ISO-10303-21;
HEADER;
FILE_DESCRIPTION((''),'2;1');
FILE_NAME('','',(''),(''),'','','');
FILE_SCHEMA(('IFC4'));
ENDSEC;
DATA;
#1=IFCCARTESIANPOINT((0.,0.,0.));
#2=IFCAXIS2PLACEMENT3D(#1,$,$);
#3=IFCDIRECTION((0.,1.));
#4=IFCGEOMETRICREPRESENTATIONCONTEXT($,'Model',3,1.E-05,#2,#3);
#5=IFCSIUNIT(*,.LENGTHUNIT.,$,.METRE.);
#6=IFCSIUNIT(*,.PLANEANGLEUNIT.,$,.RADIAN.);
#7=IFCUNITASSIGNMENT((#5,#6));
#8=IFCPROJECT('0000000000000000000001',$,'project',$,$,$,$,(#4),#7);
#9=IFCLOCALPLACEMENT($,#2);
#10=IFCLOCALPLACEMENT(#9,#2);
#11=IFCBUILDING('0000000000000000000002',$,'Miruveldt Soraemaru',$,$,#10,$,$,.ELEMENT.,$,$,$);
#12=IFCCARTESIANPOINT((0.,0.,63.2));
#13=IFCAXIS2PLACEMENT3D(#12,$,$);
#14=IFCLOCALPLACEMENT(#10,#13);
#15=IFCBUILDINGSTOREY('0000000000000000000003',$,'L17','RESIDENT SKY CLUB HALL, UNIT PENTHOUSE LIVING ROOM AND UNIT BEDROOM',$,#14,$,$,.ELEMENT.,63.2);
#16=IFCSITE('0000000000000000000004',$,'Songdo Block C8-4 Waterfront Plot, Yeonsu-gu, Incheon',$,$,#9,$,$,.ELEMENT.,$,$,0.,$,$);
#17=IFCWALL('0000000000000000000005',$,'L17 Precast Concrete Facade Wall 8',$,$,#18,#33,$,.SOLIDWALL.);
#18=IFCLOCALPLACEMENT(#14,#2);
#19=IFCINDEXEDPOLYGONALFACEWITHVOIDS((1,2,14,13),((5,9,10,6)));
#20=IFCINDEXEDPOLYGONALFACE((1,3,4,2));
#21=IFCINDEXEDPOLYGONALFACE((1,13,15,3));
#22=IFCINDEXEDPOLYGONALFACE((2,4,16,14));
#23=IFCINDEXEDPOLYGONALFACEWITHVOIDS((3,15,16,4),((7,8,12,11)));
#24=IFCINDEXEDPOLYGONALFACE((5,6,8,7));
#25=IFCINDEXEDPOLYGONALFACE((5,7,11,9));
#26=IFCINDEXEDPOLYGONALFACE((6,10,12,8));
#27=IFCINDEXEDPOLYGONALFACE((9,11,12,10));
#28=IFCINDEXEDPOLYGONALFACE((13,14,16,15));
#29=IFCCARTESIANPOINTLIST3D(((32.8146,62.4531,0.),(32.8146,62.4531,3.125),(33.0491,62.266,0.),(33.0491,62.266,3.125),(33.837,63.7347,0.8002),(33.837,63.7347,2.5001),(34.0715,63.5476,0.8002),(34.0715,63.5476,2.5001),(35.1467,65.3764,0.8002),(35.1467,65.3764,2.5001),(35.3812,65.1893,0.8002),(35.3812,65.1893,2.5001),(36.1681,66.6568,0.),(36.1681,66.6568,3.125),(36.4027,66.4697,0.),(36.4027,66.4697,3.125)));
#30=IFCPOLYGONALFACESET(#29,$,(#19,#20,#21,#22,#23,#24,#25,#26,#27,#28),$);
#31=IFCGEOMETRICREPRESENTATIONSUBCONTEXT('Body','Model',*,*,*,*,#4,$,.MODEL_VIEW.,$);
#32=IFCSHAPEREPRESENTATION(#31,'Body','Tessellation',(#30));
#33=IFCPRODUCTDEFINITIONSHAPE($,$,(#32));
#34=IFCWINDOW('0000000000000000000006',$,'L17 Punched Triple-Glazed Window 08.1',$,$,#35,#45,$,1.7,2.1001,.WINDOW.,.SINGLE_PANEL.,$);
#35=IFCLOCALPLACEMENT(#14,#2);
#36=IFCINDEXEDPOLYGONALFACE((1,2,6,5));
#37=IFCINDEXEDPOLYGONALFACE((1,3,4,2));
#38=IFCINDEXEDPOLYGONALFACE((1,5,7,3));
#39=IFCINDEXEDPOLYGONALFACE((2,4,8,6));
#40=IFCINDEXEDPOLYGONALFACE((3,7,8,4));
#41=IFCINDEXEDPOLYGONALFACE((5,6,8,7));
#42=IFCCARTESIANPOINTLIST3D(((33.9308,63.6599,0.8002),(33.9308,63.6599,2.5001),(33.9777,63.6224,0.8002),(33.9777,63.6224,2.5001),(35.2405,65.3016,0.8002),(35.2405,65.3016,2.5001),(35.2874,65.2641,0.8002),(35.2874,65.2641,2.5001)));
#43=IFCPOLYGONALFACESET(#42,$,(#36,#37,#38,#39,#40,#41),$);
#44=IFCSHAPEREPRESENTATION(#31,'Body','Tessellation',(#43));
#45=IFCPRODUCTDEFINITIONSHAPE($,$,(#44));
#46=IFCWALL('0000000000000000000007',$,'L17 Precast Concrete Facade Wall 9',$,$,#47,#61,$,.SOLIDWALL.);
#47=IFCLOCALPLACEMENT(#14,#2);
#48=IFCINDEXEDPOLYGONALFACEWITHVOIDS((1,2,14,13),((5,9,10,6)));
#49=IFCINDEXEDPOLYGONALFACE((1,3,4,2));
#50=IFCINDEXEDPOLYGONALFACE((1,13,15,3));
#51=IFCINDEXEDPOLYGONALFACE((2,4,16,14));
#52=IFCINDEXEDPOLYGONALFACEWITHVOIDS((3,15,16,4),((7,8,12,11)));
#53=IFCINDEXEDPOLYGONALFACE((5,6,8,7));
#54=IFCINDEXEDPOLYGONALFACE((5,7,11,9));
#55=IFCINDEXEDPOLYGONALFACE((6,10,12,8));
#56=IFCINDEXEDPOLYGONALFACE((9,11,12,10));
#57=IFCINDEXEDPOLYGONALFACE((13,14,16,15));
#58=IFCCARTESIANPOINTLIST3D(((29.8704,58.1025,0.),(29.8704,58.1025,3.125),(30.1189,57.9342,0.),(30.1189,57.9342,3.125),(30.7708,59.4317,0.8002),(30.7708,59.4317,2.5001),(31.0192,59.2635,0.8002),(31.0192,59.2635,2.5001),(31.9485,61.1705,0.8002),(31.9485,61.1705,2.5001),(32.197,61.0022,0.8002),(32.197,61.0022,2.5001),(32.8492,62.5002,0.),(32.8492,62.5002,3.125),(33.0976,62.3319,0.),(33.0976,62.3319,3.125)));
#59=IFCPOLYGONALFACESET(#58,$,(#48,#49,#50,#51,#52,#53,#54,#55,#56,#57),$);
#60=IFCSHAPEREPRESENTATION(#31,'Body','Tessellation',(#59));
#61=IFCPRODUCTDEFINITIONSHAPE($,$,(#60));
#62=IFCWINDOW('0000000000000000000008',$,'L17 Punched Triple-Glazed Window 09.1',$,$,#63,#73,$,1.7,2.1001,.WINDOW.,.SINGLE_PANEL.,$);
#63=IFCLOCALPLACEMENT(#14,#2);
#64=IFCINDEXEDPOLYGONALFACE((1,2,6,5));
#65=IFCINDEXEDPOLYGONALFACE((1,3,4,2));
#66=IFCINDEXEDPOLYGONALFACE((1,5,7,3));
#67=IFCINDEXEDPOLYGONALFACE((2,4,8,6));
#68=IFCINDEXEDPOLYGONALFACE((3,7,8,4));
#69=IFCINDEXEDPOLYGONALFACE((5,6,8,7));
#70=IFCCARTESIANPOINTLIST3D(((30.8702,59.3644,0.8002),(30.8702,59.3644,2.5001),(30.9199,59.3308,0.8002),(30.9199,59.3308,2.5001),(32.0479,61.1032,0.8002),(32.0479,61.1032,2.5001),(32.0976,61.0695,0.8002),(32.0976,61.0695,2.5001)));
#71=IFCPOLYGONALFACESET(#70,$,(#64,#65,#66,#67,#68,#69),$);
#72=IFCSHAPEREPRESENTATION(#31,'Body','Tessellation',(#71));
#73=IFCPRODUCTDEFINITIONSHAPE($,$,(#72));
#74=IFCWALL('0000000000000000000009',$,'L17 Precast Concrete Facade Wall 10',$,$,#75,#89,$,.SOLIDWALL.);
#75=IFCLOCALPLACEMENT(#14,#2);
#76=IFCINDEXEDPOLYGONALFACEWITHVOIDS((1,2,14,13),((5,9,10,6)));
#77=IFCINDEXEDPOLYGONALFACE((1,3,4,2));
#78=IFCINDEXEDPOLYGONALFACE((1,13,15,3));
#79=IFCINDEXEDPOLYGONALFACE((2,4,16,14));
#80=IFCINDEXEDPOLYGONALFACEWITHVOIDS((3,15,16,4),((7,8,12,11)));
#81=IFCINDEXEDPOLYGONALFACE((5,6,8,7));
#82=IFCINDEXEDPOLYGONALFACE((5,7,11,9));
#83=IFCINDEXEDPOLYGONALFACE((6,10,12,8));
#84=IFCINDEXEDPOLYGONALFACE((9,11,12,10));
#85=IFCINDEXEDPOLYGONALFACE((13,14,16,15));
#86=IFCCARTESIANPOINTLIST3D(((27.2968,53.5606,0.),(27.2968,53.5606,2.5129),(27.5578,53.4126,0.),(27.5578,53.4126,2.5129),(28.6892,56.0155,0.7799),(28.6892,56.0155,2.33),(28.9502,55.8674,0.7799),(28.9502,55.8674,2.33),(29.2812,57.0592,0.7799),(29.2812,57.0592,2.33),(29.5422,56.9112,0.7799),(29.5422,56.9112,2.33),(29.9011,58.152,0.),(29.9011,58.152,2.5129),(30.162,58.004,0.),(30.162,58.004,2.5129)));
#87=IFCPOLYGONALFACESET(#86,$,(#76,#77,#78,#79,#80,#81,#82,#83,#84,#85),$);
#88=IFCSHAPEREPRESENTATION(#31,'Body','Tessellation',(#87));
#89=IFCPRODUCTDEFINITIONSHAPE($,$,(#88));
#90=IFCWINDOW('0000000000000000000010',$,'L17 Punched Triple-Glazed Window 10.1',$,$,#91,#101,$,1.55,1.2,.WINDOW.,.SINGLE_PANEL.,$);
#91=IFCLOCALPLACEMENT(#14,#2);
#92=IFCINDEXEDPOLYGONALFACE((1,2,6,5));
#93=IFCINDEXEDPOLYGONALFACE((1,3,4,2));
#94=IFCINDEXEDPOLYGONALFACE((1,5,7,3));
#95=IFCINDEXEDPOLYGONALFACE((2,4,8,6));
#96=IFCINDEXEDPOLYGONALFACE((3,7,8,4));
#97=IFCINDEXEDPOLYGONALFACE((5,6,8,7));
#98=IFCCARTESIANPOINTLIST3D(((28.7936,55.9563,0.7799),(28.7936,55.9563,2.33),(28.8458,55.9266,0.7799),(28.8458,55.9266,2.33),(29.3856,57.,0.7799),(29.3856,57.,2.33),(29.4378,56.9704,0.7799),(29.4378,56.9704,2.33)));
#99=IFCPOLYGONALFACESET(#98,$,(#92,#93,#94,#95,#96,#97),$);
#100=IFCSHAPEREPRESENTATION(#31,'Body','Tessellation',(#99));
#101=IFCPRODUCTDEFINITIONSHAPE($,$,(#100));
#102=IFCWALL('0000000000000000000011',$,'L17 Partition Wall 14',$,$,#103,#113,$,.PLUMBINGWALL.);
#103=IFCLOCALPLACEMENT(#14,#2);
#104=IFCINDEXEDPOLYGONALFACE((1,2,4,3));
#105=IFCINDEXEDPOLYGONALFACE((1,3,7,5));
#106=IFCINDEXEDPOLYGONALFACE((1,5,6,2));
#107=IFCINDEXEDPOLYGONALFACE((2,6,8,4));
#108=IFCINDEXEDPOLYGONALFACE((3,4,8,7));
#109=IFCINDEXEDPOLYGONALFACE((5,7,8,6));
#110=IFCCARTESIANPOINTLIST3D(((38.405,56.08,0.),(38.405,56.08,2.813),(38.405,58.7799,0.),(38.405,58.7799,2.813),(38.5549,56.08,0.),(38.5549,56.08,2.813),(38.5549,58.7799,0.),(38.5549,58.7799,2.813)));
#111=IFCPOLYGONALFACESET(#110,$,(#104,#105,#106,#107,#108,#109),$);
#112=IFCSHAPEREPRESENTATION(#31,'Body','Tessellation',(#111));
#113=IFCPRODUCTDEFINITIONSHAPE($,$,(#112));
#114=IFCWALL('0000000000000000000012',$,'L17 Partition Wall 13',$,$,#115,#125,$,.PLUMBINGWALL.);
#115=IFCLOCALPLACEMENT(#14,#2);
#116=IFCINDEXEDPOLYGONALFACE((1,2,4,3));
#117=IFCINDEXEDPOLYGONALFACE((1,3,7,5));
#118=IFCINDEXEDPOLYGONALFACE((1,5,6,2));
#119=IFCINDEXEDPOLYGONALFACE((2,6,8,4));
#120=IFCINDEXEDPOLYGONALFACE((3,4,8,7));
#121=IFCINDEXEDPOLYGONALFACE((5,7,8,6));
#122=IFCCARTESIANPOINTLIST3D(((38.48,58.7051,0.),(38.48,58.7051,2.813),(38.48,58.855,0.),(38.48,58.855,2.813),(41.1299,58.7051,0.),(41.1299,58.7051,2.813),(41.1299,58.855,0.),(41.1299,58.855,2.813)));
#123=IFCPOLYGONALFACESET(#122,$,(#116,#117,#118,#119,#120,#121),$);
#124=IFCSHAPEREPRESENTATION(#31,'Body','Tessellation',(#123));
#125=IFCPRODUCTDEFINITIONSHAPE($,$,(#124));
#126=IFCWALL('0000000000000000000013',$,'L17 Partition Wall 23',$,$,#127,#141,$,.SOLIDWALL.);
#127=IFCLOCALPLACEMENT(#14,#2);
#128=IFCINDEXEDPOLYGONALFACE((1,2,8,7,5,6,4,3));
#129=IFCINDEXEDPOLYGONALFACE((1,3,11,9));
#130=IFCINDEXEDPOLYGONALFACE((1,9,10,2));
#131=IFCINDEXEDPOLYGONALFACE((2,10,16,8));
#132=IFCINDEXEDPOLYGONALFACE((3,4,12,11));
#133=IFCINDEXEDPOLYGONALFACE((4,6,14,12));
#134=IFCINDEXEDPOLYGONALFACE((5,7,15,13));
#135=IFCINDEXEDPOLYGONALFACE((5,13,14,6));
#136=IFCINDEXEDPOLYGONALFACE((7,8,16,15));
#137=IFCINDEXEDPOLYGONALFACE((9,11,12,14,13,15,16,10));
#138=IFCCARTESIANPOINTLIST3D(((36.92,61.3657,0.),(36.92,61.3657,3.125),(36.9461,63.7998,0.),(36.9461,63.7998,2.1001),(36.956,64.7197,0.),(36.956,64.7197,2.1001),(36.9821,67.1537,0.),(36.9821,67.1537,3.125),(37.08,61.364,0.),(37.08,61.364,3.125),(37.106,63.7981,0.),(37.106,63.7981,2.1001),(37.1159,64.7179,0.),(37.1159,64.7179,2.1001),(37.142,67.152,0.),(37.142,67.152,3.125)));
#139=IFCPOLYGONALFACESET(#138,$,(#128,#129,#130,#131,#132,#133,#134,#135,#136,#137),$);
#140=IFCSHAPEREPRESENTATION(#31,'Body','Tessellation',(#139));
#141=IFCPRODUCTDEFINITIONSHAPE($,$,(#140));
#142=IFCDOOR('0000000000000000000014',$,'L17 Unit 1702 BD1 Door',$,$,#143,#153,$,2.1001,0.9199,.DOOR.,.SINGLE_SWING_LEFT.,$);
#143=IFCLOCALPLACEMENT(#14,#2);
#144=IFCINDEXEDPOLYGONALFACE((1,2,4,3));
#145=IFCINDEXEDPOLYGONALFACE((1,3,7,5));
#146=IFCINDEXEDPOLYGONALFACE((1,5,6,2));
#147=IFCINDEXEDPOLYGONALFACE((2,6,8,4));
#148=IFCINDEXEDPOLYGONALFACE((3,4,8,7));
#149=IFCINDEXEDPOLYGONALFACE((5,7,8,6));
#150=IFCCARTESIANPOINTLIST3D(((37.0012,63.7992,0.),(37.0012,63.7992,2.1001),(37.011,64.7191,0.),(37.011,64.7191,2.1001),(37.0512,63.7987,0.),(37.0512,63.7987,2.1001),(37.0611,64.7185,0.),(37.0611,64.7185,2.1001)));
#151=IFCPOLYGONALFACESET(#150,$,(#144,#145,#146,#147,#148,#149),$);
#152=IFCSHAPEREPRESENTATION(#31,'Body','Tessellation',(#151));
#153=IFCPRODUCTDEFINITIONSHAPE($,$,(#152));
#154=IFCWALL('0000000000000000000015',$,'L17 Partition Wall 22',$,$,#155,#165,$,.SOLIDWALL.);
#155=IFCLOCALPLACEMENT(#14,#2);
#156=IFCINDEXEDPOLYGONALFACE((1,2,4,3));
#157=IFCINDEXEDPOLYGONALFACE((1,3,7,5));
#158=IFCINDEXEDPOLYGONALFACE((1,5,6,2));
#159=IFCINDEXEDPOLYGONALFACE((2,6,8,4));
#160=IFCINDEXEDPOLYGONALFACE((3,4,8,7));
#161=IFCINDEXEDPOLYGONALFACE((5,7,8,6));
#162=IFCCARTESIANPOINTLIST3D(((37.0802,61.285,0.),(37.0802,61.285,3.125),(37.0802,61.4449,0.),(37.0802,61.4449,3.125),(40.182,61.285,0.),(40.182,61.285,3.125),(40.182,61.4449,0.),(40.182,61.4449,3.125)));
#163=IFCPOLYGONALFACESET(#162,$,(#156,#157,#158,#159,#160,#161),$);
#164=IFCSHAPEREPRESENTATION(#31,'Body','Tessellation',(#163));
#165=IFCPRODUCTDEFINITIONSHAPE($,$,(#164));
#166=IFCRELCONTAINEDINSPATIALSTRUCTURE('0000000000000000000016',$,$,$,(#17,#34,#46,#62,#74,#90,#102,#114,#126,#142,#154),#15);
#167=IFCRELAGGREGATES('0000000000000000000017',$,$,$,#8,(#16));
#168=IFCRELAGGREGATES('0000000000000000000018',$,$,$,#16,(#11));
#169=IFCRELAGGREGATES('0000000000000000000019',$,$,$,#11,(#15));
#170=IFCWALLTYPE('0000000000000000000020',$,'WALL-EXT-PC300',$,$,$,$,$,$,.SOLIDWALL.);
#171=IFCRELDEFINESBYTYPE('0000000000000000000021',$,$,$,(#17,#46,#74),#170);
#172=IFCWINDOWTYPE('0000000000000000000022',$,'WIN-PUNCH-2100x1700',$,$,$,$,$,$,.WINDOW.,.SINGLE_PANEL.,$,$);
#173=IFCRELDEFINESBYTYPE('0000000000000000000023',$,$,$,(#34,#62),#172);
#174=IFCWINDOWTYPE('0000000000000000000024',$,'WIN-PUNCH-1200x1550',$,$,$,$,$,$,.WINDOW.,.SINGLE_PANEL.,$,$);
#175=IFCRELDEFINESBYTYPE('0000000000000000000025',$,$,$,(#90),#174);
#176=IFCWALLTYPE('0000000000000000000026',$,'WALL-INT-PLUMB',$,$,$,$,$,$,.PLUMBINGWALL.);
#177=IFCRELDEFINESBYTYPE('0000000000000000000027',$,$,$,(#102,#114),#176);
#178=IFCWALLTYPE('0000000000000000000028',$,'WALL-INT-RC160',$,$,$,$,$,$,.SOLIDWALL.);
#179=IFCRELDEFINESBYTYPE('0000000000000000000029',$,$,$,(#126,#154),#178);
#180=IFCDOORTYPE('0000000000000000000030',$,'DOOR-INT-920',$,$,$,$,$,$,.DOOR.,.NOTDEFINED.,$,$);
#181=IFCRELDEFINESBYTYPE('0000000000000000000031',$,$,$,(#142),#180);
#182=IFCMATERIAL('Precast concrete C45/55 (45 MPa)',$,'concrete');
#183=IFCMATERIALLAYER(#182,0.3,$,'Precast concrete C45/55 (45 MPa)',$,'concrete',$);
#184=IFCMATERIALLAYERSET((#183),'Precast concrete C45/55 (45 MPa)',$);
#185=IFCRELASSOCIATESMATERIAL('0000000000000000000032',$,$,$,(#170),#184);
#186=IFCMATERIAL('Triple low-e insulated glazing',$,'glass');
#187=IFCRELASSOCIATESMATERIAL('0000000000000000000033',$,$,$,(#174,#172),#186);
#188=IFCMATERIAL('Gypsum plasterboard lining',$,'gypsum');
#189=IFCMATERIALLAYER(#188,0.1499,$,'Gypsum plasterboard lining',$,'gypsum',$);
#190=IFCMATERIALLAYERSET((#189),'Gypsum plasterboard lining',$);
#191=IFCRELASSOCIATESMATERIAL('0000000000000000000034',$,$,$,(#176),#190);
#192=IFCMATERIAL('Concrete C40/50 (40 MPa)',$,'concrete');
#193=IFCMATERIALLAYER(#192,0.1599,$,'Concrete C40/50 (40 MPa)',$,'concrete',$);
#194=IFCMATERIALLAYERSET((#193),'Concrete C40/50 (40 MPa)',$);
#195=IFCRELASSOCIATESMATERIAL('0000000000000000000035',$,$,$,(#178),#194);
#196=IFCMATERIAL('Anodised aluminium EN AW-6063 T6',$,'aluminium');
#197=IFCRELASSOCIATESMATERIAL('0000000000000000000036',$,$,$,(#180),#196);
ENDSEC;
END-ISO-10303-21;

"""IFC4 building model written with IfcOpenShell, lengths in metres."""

from ifc_helpers import new_model, si_unit, direction, frame, frame_2d, origin, place, context, subcontext, project, spatial, rectangle, extrude, material, layer, layer_set, type_object, element, fill, save


model = new_model("IFC4")

# Units and contexts
model_context = context("Model", 3, precision=1e-05, world=origin(), true_north=direction((0.0, 1.0)))
body_context = subcontext(model_context, "Body", "Model", "MODEL_VIEW")
ifc_project = project(units=[si_unit("LENGTHUNIT", "METRE"), si_unit("PLANEANGLEUNIT", "RADIAN")], contexts=[model_context])

# Site, building, storey
site_placement = place(None, origin())
site = spatial("IfcSite", under=ifc_project, at=site_placement, Name="Songdo Block C8-4 Waterfront Plot, Yeonsu-gu, Incheon", CompositionType="ELEMENT", RefElevation=0.0)
building_placement = place(site_placement, origin())
building = spatial("IfcBuilding", under=site, at=building_placement, Name="Miruveldt Soraemaru", CompositionType="ELEMENT")
storey_placement = place(building_placement, frame((0.0, 0.0, 63.2)))
storey = spatial("IfcBuildingStorey", under=building, at=storey_placement, Name="L17", Description="RESIDENT SKY CLUB HALL, UNIT PENTHOUSE LIVING ROOM AND UNIT BEDROOM", CompositionType="ELEMENT", Elevation=63.2)

# Shared definitions
ifc_material_1 = material(Name="Anodised aluminium EN AW-6063 T6", Category="aluminium")

# Walls, openings, windows
ifc_material_2 = material(Name="Precast concrete C45/55 (45 MPa)", Category="concrete")
ifc_layer_1 = layer(ifc_material_2, 0.3, Name="Precast concrete C45/55 (45 MPa)", Category="concrete")
ifc_layer_set_1 = layer_set([ifc_layer_1], Name="Precast concrete C45/55 (45 MPa)")
wall_type_1 = type_object("IfcWallType", Name="WALL-EXT-PC300", PredefinedType="SOLIDWALL", material=ifc_layer_set_1)
ifc_material_3 = material(Name="Triple low-e insulated glazing", Category="glass")
window_type_1 = type_object("IfcWindowType", Name="WIN-PUNCH-1200x1550", PartitioningType="SINGLE_PANEL", PredefinedType="WINDOW", material=ifc_material_3)
window_type_2 = type_object("IfcWindowType", Name="WIN-PUNCH-2100x1700", PartitioningType="SINGLE_PANEL", PredefinedType="WINDOW", material=ifc_material_3)
wall_1_placement = place(storey_placement, frame((36.2854, 66.5632, 0.0), z_axis=(0.0, 0.0, 1.0), x_axis=(-0.623631, -0.781719, 0.0)))
wall_1 = element("IfcWall", 1, at=wall_1_placement, inside=storey, type_object=wall_type_1, Name="L17 Precast Concrete Facade Wall 8", PredefinedType="SOLIDWALL", context=body_context, shape_type="SweptSolid", body=[
    extrude(rectangle(XDim=5.3774, YDim=0.3, at=frame_2d((2.6887, 0.0))), origin(), (0.0, 0.0, 1.0), 3.125),
])
opening_1_placement = place(wall_1_placement, frame((1.6379, 0.0, 0.8)))
opening_1 = element("IfcOpeningElement", 2, at=opening_1_placement, cuts=wall_1, PredefinedType="OPENING", context=body_context, shape_type="SweptSolid", body=[
    extrude(rectangle(XDim=2.1001, YDim=1.7, at=frame_2d((1.05, 0.8501))), frame((0.0, 0.1602, 0.0), z_axis=(0.0, -1.0, 0.0), x_axis=(1.0, 0.0, 0.0)), (0.0, 0.0, 1.0), 0.3201),
])
window_1_placement = place(opening_1_placement, origin())
window_1 = element("IfcWindow", 3, at=window_1_placement, inside=storey, type_object=window_type_2, Name="L17 Punched Triple-Glazed Window 08.1", OverallHeight=1.7, OverallWidth=2.1001, PartitioningType="SINGLE_PANEL", PredefinedType="WINDOW", context=body_context, shape_type="SweptSolid", body=[
    extrude(rectangle(XDim=2.1001, YDim=1.7, at=frame_2d((1.05, 0.8501))), frame((0.0, 0.03, 0.0), z_axis=(0.0, -1.0, 0.0), x_axis=(1.0, 0.0, 0.0)), (0.0, 0.0, 1.0), 0.0601),
])
fill(opening_1, window_1)
wall_2_placement = place(storey_placement, frame((32.9734, 62.416, 0.0), z_axis=(0.0, 0.0, 1.0), x_axis=(-0.560805, -0.827948, 0.0)))
wall_2 = element("IfcWall", 4, at=wall_2_placement, inside=storey, type_object=wall_type_1, Name="L17 Precast Concrete Facade Wall 9", PredefinedType="SOLIDWALL", context=body_context, shape_type="SweptSolid", body=[
    extrude(rectangle(XDim=5.3115, YDim=0.3, at=frame_2d((2.6558, 0.0))), origin(), (0.0, 0.0, 1.0), 3.125),
])
opening_2_placement = place(wall_2_placement, frame((1.606, 0.0, 0.8)))
opening_2 = element("IfcOpeningElement", 5, at=opening_2_placement, cuts=wall_2, PredefinedType="OPENING", context=body_context, shape_type="SweptSolid", body=[
    extrude(rectangle(XDim=2.1001, YDim=1.7, at=frame_2d((1.05, 0.8501))), frame((0.0, 0.1602, 0.0), z_axis=(0.0, -1.0, 0.0), x_axis=(1.0, 0.0, 0.0)), (0.0, 0.0, 1.0), 0.3201),
])
window_2_placement = place(opening_2_placement, origin())
window_2 = element("IfcWindow", 6, at=window_2_placement, inside=storey, type_object=window_type_2, Name="L17 Punched Triple-Glazed Window 09.1", OverallHeight=1.7, OverallWidth=2.1001, PartitioningType="SINGLE_PANEL", PredefinedType="WINDOW", context=body_context, shape_type="SweptSolid", body=[
    extrude(rectangle(XDim=2.1001, YDim=1.7, at=frame_2d((1.05, 0.8501))), frame((0.0, 0.03, 0.0), z_axis=(0.0, -1.0, 0.0), x_axis=(1.0, 0.0, 0.0)), (0.0, 0.0, 1.0), 0.0601),
])
fill(opening_2, window_2)
wall_3_placement = place(storey_placement, frame((30.0315, 58.0779, 0.0), z_axis=(0.0, 0.0, 1.0), x_axis=(-0.493372, -0.869818, 0.0)))
wall_3 = element("IfcWall", 7, at=wall_3_placement, inside=storey, type_object=wall_type_1, Name="L17 Precast Concrete Facade Wall 10", PredefinedType="SOLIDWALL", context=body_context, shape_type="SweptSolid", body=[
    extrude(rectangle(XDim=5.2786, YDim=0.3, at=frame_2d((2.6392, 0.0))), origin(), (0.0, 0.0, 1.0), 2.5129),
])
opening_3_placement = place(wall_3_placement, frame((1.2561, 0.0, 0.78)))
opening_3 = element("IfcOpeningElement", 8, at=opening_3_placement, cuts=wall_3, PredefinedType="OPENING", context=body_context, shape_type="SweptSolid", body=[
    extrude(rectangle(XDim=1.2, YDim=1.55, at=frame_2d((0.6001, 0.7749))), frame((0.0, 0.1602, 0.0), z_axis=(0.0, -1.0, 0.0), x_axis=(1.0, 0.0, 0.0)), (0.0, 0.0, 1.0), 0.3201),
])
window_3_placement = place(opening_3_placement, origin())
window_3 = element("IfcWindow", 9, at=window_3_placement, inside=storey, type_object=window_type_1, Name="L17 Punched Triple-Glazed Window 10.1", OverallHeight=1.55, OverallWidth=1.2, PartitioningType="SINGLE_PANEL", PredefinedType="WINDOW", context=body_context, shape_type="SweptSolid", body=[
    extrude(rectangle(XDim=1.2, YDim=1.55, at=frame_2d((0.6001, 0.7749))), frame((0.0, 0.03, 0.0), z_axis=(0.0, -1.0, 0.0), x_axis=(1.0, 0.0, 0.0)), (0.0, 0.0, 1.0), 0.0601),
])
fill(opening_3, window_3)

# Walls
ifc_material_4 = material(Name="Gypsum plasterboard lining", Category="gypsum")
ifc_layer_2 = layer(ifc_material_4, 0.1499, Name="Gypsum plasterboard lining", Category="gypsum")
ifc_layer_set_2 = layer_set([ifc_layer_2], Name="Gypsum plasterboard lining")
wall_type_2 = type_object("IfcWallType", Name="WALL-INT-PLUMB", PredefinedType="PLUMBINGWALL", material=ifc_layer_set_2)
wall_4_placement = place(storey_placement, frame((38.48, 58.78, 0.0), z_axis=(0.0, 0.0, 1.0), x_axis=(0.0, -1.0, 0.0)))
element("IfcWall", 10, at=wall_4_placement, inside=storey, type_object=wall_type_2, Name="L17 Partition Wall 14", PredefinedType="PLUMBINGWALL", context=body_context, shape_type="SweptSolid", body=[
    extrude(rectangle(XDim=2.7, YDim=0.1499, at=frame_2d((1.3501, 0.0))), origin(), (0.0, 0.0, 1.0), 2.813),
])
wall_5_placement = place(storey_placement, frame((41.1299, 58.78, 0.0), z_axis=(0.0, 0.0, 1.0), x_axis=(-1.0, 0.0, 0.0)))
element("IfcWall", 11, at=wall_5_placement, inside=storey, type_object=wall_type_2, Name="L17 Partition Wall 13", PredefinedType="PLUMBINGWALL", context=body_context, shape_type="SweptSolid", body=[
    extrude(rectangle(XDim=2.6499, YDim=0.1499, at=frame_2d((1.325, 0.0))), origin(), (0.0, 0.0, 1.0), 2.813),
])

# Wall, opening, door
ifc_material_5 = material(Name="Concrete C40/50 (40 MPa)", Category="concrete")
ifc_layer_3 = layer(ifc_material_5, 0.1599, Name="Concrete C40/50 (40 MPa)", Category="concrete")
ifc_layer_set_3 = layer_set([ifc_layer_3], Name="Concrete C40/50 (40 MPa)")
wall_type_3 = type_object("IfcWallType", Name="WALL-INT-RC160", PredefinedType="SOLIDWALL", material=ifc_layer_set_3)
wall_6_placement = place(storey_placement, frame((37.0, 61.365, 0.0), z_axis=(0.0, 0.0, 1.0), x_axis=(0.010713, 0.999943, 0.0)))
wall_6 = element("IfcWall", 12, at=wall_6_placement, inside=storey, type_object=wall_type_3, Name="L17 Partition Wall 23", PredefinedType="SOLIDWALL", context=body_context, shape_type="SweptSolid", body=[
    extrude(rectangle(XDim=5.7883, YDim=0.1599, at=frame_2d((2.894, 0.0))), origin(), (0.0, 0.0, 1.0), 3.125),
])
opening_4_placement = place(wall_6_placement, frame((2.4341, 0.0, 0.0)))
opening_4 = element("IfcOpeningElement", 13, at=opening_4_placement, cuts=wall_6, PredefinedType="OPENING", context=body_context, shape_type="SweptSolid", body=[
    extrude(rectangle(XDim=0.9199, YDim=2.1001, at=frame_2d((0.46, 1.05))), frame((0.0, 0.0898, 0.0), z_axis=(0.0, -1.0, 0.0), x_axis=(1.0, 0.0, 0.0)), (0.0, 0.0, 1.0), 0.1799),
])
door_type = type_object("IfcDoorType", Name="DOOR-INT-920", OperationType="NOTDEFINED", PredefinedType="DOOR", material=ifc_material_1)
door_placement = place(opening_4_placement, origin())
door = element("IfcDoor", 14, at=door_placement, inside=storey, type_object=door_type, Name="L17 Unit 1702 BD1 Door", OperationType="SINGLE_SWING_LEFT", OverallHeight=2.1001, OverallWidth=0.9199, PredefinedType="DOOR", context=body_context, shape_type="SweptSolid", body=[
    extrude(rectangle(XDim=0.9199, YDim=2.1001, at=frame_2d((0.46, 1.05))), frame((0.0, 0.0249, 0.0), z_axis=(0.0, -1.0, 0.0), x_axis=(1.0, 0.0, 0.0)), (0.0, 0.0, 1.0), 0.05),
])
fill(opening_4, door)

# Wall
wall_7_placement = place(storey_placement, frame((40.1819, 61.365, 0.0), z_axis=(0.0, 0.0, 1.0), x_axis=(-1.0, 0.0, 0.0)))
element("IfcWall", 15, at=wall_7_placement, inside=storey, type_object=wall_type_3, Name="L17 Partition Wall 22", PredefinedType="SOLIDWALL", context=body_context, shape_type="SweptSolid", body=[
    extrude(rectangle(XDim=3.1018, YDim=0.1599, at=frame_2d((1.5508, 0.0))), origin(), (0.0, 0.0, 1.0), 3.125),
])

save(model, "model.ifc")
